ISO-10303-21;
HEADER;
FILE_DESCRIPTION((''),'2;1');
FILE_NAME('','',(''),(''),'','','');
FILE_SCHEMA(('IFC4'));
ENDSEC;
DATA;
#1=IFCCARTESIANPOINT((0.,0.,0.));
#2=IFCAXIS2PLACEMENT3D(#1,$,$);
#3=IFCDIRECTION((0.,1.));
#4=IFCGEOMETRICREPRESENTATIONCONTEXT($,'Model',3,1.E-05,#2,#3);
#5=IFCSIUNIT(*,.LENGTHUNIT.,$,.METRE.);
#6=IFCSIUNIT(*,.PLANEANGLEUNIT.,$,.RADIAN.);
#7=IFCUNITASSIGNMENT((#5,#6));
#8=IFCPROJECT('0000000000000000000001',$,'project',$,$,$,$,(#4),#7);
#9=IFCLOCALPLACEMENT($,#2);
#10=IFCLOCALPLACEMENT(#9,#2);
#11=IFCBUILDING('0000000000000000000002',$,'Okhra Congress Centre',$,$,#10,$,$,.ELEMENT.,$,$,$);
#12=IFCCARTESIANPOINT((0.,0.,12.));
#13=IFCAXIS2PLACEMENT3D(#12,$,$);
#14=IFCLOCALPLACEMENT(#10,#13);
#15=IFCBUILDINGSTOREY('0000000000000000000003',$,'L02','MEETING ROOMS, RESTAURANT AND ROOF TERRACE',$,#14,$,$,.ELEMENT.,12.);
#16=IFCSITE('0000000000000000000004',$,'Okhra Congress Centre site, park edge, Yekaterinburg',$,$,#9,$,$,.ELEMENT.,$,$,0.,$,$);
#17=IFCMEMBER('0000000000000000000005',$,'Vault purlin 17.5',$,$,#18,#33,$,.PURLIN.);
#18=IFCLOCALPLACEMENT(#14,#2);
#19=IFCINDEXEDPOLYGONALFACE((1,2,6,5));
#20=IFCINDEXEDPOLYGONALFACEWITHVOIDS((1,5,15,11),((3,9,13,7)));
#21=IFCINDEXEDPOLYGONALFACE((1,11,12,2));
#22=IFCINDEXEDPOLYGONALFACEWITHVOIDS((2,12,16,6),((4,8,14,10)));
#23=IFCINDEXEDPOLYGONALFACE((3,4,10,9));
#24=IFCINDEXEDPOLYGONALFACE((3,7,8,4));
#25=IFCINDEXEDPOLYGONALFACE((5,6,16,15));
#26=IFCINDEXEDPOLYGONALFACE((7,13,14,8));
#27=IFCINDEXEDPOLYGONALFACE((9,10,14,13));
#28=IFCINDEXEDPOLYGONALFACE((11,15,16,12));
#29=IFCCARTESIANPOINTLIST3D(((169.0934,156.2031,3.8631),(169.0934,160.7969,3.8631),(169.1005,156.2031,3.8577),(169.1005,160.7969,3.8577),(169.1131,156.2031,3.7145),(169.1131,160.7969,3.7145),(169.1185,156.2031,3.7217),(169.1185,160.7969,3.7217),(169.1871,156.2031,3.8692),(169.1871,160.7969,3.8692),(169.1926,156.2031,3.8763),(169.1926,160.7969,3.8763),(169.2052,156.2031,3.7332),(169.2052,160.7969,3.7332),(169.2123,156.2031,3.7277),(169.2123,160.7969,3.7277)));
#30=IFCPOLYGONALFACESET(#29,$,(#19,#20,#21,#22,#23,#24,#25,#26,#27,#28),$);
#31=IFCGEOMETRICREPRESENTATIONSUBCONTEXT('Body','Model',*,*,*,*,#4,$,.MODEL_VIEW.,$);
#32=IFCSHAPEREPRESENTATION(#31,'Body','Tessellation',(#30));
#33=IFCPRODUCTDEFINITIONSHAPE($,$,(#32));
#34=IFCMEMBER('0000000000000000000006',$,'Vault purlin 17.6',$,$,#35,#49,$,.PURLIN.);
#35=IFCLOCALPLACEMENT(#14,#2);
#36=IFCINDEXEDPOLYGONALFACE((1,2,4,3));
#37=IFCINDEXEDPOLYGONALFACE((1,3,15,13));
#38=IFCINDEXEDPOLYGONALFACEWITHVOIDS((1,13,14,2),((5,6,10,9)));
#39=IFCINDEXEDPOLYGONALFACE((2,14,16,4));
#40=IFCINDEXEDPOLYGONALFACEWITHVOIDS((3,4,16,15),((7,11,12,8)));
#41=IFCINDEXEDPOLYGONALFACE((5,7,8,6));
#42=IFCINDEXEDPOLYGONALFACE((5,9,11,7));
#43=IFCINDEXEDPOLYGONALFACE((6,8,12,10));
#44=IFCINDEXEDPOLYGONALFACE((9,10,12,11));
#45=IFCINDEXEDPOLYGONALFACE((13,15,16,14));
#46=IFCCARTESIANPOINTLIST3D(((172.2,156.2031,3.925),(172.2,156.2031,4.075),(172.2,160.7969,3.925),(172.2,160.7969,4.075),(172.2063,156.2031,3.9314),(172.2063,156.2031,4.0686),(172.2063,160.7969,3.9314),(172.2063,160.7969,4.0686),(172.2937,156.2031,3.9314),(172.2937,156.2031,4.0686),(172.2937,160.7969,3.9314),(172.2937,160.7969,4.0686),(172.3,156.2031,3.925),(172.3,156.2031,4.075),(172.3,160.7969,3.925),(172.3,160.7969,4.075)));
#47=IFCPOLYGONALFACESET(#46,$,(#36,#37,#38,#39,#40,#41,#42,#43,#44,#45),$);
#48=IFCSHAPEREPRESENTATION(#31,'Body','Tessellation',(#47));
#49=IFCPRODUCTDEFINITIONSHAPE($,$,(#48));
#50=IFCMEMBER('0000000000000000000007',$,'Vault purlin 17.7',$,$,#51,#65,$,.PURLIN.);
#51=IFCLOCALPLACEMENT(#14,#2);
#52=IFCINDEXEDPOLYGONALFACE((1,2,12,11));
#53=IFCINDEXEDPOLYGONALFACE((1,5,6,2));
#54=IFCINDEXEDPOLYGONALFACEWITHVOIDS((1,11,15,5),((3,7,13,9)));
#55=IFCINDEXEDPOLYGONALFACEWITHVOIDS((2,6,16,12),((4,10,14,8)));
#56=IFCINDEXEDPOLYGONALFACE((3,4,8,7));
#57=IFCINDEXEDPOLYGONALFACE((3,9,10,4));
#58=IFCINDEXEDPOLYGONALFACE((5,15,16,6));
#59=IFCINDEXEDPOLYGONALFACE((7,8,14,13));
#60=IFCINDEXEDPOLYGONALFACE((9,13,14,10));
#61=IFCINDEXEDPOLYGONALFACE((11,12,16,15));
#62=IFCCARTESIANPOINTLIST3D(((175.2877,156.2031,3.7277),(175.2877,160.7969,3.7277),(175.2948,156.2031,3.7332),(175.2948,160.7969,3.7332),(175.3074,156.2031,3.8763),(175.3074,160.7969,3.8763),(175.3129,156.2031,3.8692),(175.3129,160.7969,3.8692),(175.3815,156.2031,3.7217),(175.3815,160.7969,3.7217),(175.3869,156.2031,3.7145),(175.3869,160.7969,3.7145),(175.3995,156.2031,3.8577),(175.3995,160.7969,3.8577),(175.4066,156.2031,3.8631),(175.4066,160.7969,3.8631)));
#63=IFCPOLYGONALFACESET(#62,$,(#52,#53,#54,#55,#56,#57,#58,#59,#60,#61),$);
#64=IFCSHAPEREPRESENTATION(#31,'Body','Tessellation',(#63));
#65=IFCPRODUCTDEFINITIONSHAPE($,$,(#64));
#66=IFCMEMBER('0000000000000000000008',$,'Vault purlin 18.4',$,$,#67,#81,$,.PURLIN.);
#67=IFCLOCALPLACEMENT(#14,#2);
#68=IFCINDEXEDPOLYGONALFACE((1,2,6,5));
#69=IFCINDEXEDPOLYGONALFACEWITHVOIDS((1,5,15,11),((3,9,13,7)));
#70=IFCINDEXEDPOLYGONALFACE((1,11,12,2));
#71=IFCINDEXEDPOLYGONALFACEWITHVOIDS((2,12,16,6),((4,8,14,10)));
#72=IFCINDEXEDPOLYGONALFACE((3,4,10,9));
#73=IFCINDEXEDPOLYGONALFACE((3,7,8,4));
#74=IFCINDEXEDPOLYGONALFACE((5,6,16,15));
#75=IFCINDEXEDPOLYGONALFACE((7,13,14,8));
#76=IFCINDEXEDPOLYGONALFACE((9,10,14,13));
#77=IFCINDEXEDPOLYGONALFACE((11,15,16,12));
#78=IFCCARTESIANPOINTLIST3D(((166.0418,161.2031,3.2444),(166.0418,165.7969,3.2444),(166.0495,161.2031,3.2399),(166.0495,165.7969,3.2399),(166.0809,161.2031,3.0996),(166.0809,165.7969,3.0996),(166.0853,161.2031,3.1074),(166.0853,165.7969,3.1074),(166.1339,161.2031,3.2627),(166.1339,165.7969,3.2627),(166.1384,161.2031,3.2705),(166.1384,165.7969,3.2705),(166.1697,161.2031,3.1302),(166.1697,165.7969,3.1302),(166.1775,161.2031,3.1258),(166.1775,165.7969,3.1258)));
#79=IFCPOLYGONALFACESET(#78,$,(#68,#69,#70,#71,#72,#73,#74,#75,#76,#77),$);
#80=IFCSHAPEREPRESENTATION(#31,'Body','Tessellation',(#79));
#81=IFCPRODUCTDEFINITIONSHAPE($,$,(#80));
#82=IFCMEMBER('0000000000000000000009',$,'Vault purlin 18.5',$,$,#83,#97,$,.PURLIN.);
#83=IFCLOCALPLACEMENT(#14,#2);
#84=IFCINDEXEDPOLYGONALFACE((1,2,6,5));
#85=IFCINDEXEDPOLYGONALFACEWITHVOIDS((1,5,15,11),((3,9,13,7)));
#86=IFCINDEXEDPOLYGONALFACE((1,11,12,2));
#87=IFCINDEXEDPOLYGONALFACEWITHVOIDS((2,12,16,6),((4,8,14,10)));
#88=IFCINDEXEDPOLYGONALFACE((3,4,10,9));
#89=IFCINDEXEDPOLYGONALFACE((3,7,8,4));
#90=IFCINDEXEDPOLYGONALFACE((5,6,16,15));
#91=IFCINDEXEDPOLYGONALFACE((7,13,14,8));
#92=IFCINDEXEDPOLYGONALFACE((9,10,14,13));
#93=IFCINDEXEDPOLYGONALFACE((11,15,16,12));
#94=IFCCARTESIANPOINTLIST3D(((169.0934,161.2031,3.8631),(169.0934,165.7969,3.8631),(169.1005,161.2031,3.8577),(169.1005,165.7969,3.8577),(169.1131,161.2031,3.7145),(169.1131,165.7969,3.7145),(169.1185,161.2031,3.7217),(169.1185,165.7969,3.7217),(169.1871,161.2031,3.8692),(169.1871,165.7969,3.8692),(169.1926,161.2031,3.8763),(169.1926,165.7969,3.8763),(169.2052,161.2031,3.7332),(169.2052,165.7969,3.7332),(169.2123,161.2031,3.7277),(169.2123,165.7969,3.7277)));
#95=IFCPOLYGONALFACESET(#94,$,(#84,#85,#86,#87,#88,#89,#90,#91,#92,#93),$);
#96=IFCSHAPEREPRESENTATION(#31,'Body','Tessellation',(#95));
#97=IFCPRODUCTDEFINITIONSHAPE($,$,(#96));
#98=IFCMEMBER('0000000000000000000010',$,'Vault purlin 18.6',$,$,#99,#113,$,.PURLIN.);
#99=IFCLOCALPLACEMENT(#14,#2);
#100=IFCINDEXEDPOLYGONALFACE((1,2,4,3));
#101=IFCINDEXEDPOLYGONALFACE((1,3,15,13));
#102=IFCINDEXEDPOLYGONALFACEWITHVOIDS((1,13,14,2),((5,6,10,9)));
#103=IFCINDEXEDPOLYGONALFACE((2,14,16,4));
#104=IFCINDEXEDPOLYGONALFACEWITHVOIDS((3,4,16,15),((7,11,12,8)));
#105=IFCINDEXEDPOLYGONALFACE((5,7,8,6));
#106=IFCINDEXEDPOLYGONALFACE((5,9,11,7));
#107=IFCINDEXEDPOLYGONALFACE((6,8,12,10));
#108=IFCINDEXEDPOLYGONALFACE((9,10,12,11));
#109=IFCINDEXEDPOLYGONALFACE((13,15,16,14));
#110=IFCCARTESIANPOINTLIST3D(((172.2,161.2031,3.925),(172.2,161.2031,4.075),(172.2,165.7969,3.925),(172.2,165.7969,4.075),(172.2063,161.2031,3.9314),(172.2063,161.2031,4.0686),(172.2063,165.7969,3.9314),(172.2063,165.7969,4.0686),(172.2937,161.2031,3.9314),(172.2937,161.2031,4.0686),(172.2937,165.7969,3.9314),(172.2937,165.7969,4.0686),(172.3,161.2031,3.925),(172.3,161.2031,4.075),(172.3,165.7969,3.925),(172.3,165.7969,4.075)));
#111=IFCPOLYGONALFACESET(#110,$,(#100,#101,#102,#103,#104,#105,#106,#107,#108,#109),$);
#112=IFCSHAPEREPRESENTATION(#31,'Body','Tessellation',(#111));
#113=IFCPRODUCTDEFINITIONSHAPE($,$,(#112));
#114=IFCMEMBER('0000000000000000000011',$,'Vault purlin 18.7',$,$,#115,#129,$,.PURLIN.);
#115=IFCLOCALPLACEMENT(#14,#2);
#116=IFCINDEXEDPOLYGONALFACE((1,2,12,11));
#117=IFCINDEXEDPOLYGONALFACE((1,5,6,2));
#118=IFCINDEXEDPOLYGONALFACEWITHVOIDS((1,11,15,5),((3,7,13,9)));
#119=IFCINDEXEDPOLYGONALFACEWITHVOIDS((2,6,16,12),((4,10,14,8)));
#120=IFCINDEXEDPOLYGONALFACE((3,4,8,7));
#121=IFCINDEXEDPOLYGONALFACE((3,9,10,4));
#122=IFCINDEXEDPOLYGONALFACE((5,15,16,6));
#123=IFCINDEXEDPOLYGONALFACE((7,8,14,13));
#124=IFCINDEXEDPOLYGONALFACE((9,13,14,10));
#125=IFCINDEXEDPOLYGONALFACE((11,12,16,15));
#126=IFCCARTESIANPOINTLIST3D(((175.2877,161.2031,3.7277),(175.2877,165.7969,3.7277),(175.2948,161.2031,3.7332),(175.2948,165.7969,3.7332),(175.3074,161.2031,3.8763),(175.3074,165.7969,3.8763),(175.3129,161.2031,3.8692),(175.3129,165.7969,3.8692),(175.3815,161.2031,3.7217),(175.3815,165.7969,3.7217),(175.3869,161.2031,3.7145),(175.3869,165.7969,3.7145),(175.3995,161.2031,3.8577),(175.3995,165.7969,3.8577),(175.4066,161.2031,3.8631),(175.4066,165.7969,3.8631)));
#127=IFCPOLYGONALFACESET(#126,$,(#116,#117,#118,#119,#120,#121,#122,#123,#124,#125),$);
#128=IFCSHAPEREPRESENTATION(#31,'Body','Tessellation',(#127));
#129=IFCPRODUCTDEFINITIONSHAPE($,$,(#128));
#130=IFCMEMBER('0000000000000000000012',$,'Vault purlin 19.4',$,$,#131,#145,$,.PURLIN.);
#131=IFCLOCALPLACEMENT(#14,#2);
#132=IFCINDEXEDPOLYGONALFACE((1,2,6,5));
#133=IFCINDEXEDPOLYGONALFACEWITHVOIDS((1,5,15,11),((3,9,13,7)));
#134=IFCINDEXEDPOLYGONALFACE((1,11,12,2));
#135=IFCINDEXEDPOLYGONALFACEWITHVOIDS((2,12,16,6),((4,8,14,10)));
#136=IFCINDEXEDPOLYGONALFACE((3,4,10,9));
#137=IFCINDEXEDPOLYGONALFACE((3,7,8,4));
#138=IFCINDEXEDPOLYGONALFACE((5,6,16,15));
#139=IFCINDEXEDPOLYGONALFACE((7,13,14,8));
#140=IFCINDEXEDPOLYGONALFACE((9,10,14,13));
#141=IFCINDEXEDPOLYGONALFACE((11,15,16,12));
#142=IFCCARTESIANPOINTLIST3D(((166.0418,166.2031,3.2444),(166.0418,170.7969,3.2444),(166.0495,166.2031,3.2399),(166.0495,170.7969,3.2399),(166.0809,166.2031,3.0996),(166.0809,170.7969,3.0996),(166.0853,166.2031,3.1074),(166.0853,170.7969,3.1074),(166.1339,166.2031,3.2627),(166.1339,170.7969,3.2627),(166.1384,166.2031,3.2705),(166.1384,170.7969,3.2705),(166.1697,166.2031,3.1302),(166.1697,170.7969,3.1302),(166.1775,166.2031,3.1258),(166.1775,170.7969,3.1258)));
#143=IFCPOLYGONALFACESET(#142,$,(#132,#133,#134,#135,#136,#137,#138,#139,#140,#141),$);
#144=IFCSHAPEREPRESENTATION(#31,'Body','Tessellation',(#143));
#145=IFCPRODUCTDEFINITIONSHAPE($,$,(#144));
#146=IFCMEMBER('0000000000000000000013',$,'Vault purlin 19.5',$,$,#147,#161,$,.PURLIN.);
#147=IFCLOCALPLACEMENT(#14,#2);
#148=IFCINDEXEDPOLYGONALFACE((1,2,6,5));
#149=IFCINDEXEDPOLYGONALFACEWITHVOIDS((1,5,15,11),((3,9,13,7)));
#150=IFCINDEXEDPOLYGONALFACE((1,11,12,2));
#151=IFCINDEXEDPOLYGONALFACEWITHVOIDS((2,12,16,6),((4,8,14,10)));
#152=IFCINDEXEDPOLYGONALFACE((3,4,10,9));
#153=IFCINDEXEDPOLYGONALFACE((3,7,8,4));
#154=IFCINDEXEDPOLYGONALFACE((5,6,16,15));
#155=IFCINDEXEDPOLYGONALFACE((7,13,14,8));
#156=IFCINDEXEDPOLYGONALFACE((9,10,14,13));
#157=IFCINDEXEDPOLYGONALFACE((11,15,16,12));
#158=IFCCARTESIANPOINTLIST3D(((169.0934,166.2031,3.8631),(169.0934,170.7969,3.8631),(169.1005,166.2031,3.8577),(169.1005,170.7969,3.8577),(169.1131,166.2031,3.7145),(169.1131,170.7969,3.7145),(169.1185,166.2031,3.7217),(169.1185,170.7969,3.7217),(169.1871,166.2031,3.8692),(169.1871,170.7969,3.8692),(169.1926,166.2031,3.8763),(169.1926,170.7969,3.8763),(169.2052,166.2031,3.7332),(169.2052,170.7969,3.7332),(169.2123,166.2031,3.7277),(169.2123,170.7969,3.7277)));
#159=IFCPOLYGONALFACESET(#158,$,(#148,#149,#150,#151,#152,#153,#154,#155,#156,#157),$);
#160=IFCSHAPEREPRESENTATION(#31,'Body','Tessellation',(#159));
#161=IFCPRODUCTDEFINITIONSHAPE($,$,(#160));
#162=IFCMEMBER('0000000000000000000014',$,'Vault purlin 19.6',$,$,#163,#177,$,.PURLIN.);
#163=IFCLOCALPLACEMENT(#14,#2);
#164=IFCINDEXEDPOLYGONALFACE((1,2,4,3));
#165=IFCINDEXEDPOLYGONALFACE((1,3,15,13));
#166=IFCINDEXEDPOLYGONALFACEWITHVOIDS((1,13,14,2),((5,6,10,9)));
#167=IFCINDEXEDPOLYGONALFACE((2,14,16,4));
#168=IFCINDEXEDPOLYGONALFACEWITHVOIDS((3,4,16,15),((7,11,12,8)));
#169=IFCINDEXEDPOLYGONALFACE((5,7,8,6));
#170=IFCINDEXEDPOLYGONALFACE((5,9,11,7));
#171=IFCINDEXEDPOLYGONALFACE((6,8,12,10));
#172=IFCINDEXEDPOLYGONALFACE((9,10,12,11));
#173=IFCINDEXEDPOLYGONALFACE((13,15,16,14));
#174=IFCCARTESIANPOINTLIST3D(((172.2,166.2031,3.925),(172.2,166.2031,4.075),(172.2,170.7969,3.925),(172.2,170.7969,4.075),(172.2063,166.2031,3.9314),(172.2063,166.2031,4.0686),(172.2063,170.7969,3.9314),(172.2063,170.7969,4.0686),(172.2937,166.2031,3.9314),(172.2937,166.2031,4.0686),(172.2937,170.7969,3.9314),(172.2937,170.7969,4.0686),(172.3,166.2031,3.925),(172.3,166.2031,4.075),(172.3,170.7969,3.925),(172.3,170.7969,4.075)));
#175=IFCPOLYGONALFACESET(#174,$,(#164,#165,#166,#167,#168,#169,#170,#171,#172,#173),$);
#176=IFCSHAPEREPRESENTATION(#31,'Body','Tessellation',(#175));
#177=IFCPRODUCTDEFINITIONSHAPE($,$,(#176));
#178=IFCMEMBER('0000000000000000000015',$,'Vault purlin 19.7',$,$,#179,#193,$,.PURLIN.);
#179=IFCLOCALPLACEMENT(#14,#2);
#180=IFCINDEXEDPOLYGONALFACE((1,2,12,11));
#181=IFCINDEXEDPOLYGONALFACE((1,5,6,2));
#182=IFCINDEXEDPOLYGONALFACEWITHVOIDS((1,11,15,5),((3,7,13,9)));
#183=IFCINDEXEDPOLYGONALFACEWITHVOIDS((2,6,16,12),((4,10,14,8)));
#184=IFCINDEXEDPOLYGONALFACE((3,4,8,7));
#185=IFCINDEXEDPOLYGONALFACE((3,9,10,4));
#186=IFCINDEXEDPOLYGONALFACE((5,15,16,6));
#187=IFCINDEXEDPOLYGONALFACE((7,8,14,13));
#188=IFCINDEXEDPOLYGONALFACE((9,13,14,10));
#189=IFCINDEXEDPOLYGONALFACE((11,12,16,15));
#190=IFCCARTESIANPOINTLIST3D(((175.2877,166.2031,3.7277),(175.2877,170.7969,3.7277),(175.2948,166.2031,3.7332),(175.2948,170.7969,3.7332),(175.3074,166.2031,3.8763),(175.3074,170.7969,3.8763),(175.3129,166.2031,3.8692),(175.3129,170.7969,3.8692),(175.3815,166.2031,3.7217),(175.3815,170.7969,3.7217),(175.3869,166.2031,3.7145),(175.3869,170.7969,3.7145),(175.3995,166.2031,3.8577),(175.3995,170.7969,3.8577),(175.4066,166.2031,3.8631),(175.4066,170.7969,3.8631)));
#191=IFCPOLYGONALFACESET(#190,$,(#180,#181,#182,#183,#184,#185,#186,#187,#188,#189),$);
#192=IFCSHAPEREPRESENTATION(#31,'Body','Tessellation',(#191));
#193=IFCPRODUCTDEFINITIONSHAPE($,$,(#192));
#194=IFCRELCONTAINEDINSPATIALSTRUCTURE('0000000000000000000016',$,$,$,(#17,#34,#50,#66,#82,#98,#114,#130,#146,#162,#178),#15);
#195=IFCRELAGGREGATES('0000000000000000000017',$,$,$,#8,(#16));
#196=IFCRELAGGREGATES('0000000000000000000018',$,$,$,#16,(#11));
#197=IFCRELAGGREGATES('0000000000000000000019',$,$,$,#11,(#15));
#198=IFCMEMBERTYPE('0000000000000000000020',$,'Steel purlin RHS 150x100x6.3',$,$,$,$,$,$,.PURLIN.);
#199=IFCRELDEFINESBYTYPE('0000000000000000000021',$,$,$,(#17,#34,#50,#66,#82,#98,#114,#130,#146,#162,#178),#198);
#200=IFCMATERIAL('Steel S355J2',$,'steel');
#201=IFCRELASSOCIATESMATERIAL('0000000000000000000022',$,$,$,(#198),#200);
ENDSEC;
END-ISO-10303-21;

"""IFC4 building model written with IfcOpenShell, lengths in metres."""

from ifc_helpers import new_model, si_unit, direction, frame, origin, origin_2d, place, context, subcontext, project, spatial, hollow_rectangle, extrude, material, material_profile, profile_set, type_object, element, save


model = new_model("IFC4")

# Units and contexts
model_context = context("Model", 3, precision=1e-05, world=origin(), true_north=direction((0.0, 1.0)))
body_context = subcontext(model_context, "Body", "Model", "MODEL_VIEW")
ifc_project = project(units=[si_unit("LENGTHUNIT", "METRE"), si_unit("PLANEANGLEUNIT", "RADIAN")], contexts=[model_context])

# Site, building, storey
site_placement = place(None, origin())
site = spatial("IfcSite", under=ifc_project, at=site_placement, Name="Okhra Congress Centre site, park edge, Yekaterinburg", CompositionType="ELEMENT", RefElevation=0.0)
building_placement = place(site_placement, origin())
building = spatial("IfcBuilding", under=site, at=building_placement, Name="Okhra Congress Centre", CompositionType="ELEMENT")
storey_placement = place(building_placement, frame((0.0, 0.0, 12.0)))
storey = spatial("IfcBuildingStorey", under=building, at=storey_placement, Name="L02", Description="MEETING ROOMS, RESTAURANT AND ROOF TERRACE", CompositionType="ELEMENT", Elevation=12.0)

# Members
ifc_material_1 = material(Name="Steel S355J2", Category="steel")
ifc_material_profile_1 = material_profile(ifc_material_1, hollow_rectangle(XDim=0.1001, YDim=0.1499, WallThickness=0.0063, at=origin_2d()), Name="RHS 150x100x6.3")
ifc_profile_set_1 = profile_set([ifc_material_profile_1], Name="Steel S355J2")
member_type_1 = type_object("IfcMemberType", Name="Steel purlin RHS 150x100x6.3", PredefinedType="PURLIN", material=ifc_profile_set_1)
for number, where, z_axis, x_axis, name in (
    (1, (169.1528, 156.2031, 3.7954), (0.0, 1.0, 0.0), (-0.991307, 0.0, -0.131568), "Vault purlin 17.5"),
    (2, (172.25, 156.2031, 4.0), (0.0, 1.0, 0.0), (-1.0, 0.0, 0.0), "Vault purlin 17.6"),
    (3, (175.3472, 156.2031, 3.7954), (0.0, 1.0, 0.0), (-0.991307, 0.0, 0.131568), "Vault purlin 17.7"),
    (4, (166.1096, 161.2031, 3.1851), (0.0, 1.0, 0.0), (-0.96538, 0.0, -0.260848), "Vault purlin 18.4"),
    (5, (169.1528, 161.2031, 3.7954), (0.0, 1.0, 0.0), (-0.991307, 0.0, -0.131568), "Vault purlin 18.5"),
    (6, (172.25, 161.2031, 4.0), (0.0, 1.0, 0.0), (-1.0, 0.0, 0.0), "Vault purlin 18.6"),
    (7, (175.3472, 161.2031, 3.7954), (0.0, 1.0, 0.0), (-0.991307, 0.0, 0.131568), "Vault purlin 18.7"),
    (8, (166.1096, 166.2031, 3.1851), (0.0, 1.0, 0.0), (-0.96538, 0.0, -0.260848), "Vault purlin 19.4"),
    (9, (169.1528, 166.2031, 3.7954), (0.0, 1.0, 0.0), (-0.991307, 0.0, -0.131568), "Vault purlin 19.5"),
    (10, (172.25, 166.2031, 4.0), (0.0, 1.0, 0.0), (-1.0, 0.0, 0.0), "Vault purlin 19.6"),
    (11, (175.3472, 166.2031, 3.7954), (0.0, 1.0, 0.0), (-0.991307, 0.0, 0.131568), "Vault purlin 19.7"),
):
    element("IfcMember", number, at=place(storey_placement, frame(where, z_axis=z_axis, x_axis=x_axis)), inside=storey, type_object=member_type_1, Name=name, PredefinedType="PURLIN", context=body_context, shape_type="SweptSolid", body=[
        extrude(hollow_rectangle(XDim=0.1001, YDim=0.1499, WallThickness=0.0063, at=origin_2d()), origin(), (0.0, 0.0, 1.0), 4.5938),
    ])

save(model, "model.ifc")
